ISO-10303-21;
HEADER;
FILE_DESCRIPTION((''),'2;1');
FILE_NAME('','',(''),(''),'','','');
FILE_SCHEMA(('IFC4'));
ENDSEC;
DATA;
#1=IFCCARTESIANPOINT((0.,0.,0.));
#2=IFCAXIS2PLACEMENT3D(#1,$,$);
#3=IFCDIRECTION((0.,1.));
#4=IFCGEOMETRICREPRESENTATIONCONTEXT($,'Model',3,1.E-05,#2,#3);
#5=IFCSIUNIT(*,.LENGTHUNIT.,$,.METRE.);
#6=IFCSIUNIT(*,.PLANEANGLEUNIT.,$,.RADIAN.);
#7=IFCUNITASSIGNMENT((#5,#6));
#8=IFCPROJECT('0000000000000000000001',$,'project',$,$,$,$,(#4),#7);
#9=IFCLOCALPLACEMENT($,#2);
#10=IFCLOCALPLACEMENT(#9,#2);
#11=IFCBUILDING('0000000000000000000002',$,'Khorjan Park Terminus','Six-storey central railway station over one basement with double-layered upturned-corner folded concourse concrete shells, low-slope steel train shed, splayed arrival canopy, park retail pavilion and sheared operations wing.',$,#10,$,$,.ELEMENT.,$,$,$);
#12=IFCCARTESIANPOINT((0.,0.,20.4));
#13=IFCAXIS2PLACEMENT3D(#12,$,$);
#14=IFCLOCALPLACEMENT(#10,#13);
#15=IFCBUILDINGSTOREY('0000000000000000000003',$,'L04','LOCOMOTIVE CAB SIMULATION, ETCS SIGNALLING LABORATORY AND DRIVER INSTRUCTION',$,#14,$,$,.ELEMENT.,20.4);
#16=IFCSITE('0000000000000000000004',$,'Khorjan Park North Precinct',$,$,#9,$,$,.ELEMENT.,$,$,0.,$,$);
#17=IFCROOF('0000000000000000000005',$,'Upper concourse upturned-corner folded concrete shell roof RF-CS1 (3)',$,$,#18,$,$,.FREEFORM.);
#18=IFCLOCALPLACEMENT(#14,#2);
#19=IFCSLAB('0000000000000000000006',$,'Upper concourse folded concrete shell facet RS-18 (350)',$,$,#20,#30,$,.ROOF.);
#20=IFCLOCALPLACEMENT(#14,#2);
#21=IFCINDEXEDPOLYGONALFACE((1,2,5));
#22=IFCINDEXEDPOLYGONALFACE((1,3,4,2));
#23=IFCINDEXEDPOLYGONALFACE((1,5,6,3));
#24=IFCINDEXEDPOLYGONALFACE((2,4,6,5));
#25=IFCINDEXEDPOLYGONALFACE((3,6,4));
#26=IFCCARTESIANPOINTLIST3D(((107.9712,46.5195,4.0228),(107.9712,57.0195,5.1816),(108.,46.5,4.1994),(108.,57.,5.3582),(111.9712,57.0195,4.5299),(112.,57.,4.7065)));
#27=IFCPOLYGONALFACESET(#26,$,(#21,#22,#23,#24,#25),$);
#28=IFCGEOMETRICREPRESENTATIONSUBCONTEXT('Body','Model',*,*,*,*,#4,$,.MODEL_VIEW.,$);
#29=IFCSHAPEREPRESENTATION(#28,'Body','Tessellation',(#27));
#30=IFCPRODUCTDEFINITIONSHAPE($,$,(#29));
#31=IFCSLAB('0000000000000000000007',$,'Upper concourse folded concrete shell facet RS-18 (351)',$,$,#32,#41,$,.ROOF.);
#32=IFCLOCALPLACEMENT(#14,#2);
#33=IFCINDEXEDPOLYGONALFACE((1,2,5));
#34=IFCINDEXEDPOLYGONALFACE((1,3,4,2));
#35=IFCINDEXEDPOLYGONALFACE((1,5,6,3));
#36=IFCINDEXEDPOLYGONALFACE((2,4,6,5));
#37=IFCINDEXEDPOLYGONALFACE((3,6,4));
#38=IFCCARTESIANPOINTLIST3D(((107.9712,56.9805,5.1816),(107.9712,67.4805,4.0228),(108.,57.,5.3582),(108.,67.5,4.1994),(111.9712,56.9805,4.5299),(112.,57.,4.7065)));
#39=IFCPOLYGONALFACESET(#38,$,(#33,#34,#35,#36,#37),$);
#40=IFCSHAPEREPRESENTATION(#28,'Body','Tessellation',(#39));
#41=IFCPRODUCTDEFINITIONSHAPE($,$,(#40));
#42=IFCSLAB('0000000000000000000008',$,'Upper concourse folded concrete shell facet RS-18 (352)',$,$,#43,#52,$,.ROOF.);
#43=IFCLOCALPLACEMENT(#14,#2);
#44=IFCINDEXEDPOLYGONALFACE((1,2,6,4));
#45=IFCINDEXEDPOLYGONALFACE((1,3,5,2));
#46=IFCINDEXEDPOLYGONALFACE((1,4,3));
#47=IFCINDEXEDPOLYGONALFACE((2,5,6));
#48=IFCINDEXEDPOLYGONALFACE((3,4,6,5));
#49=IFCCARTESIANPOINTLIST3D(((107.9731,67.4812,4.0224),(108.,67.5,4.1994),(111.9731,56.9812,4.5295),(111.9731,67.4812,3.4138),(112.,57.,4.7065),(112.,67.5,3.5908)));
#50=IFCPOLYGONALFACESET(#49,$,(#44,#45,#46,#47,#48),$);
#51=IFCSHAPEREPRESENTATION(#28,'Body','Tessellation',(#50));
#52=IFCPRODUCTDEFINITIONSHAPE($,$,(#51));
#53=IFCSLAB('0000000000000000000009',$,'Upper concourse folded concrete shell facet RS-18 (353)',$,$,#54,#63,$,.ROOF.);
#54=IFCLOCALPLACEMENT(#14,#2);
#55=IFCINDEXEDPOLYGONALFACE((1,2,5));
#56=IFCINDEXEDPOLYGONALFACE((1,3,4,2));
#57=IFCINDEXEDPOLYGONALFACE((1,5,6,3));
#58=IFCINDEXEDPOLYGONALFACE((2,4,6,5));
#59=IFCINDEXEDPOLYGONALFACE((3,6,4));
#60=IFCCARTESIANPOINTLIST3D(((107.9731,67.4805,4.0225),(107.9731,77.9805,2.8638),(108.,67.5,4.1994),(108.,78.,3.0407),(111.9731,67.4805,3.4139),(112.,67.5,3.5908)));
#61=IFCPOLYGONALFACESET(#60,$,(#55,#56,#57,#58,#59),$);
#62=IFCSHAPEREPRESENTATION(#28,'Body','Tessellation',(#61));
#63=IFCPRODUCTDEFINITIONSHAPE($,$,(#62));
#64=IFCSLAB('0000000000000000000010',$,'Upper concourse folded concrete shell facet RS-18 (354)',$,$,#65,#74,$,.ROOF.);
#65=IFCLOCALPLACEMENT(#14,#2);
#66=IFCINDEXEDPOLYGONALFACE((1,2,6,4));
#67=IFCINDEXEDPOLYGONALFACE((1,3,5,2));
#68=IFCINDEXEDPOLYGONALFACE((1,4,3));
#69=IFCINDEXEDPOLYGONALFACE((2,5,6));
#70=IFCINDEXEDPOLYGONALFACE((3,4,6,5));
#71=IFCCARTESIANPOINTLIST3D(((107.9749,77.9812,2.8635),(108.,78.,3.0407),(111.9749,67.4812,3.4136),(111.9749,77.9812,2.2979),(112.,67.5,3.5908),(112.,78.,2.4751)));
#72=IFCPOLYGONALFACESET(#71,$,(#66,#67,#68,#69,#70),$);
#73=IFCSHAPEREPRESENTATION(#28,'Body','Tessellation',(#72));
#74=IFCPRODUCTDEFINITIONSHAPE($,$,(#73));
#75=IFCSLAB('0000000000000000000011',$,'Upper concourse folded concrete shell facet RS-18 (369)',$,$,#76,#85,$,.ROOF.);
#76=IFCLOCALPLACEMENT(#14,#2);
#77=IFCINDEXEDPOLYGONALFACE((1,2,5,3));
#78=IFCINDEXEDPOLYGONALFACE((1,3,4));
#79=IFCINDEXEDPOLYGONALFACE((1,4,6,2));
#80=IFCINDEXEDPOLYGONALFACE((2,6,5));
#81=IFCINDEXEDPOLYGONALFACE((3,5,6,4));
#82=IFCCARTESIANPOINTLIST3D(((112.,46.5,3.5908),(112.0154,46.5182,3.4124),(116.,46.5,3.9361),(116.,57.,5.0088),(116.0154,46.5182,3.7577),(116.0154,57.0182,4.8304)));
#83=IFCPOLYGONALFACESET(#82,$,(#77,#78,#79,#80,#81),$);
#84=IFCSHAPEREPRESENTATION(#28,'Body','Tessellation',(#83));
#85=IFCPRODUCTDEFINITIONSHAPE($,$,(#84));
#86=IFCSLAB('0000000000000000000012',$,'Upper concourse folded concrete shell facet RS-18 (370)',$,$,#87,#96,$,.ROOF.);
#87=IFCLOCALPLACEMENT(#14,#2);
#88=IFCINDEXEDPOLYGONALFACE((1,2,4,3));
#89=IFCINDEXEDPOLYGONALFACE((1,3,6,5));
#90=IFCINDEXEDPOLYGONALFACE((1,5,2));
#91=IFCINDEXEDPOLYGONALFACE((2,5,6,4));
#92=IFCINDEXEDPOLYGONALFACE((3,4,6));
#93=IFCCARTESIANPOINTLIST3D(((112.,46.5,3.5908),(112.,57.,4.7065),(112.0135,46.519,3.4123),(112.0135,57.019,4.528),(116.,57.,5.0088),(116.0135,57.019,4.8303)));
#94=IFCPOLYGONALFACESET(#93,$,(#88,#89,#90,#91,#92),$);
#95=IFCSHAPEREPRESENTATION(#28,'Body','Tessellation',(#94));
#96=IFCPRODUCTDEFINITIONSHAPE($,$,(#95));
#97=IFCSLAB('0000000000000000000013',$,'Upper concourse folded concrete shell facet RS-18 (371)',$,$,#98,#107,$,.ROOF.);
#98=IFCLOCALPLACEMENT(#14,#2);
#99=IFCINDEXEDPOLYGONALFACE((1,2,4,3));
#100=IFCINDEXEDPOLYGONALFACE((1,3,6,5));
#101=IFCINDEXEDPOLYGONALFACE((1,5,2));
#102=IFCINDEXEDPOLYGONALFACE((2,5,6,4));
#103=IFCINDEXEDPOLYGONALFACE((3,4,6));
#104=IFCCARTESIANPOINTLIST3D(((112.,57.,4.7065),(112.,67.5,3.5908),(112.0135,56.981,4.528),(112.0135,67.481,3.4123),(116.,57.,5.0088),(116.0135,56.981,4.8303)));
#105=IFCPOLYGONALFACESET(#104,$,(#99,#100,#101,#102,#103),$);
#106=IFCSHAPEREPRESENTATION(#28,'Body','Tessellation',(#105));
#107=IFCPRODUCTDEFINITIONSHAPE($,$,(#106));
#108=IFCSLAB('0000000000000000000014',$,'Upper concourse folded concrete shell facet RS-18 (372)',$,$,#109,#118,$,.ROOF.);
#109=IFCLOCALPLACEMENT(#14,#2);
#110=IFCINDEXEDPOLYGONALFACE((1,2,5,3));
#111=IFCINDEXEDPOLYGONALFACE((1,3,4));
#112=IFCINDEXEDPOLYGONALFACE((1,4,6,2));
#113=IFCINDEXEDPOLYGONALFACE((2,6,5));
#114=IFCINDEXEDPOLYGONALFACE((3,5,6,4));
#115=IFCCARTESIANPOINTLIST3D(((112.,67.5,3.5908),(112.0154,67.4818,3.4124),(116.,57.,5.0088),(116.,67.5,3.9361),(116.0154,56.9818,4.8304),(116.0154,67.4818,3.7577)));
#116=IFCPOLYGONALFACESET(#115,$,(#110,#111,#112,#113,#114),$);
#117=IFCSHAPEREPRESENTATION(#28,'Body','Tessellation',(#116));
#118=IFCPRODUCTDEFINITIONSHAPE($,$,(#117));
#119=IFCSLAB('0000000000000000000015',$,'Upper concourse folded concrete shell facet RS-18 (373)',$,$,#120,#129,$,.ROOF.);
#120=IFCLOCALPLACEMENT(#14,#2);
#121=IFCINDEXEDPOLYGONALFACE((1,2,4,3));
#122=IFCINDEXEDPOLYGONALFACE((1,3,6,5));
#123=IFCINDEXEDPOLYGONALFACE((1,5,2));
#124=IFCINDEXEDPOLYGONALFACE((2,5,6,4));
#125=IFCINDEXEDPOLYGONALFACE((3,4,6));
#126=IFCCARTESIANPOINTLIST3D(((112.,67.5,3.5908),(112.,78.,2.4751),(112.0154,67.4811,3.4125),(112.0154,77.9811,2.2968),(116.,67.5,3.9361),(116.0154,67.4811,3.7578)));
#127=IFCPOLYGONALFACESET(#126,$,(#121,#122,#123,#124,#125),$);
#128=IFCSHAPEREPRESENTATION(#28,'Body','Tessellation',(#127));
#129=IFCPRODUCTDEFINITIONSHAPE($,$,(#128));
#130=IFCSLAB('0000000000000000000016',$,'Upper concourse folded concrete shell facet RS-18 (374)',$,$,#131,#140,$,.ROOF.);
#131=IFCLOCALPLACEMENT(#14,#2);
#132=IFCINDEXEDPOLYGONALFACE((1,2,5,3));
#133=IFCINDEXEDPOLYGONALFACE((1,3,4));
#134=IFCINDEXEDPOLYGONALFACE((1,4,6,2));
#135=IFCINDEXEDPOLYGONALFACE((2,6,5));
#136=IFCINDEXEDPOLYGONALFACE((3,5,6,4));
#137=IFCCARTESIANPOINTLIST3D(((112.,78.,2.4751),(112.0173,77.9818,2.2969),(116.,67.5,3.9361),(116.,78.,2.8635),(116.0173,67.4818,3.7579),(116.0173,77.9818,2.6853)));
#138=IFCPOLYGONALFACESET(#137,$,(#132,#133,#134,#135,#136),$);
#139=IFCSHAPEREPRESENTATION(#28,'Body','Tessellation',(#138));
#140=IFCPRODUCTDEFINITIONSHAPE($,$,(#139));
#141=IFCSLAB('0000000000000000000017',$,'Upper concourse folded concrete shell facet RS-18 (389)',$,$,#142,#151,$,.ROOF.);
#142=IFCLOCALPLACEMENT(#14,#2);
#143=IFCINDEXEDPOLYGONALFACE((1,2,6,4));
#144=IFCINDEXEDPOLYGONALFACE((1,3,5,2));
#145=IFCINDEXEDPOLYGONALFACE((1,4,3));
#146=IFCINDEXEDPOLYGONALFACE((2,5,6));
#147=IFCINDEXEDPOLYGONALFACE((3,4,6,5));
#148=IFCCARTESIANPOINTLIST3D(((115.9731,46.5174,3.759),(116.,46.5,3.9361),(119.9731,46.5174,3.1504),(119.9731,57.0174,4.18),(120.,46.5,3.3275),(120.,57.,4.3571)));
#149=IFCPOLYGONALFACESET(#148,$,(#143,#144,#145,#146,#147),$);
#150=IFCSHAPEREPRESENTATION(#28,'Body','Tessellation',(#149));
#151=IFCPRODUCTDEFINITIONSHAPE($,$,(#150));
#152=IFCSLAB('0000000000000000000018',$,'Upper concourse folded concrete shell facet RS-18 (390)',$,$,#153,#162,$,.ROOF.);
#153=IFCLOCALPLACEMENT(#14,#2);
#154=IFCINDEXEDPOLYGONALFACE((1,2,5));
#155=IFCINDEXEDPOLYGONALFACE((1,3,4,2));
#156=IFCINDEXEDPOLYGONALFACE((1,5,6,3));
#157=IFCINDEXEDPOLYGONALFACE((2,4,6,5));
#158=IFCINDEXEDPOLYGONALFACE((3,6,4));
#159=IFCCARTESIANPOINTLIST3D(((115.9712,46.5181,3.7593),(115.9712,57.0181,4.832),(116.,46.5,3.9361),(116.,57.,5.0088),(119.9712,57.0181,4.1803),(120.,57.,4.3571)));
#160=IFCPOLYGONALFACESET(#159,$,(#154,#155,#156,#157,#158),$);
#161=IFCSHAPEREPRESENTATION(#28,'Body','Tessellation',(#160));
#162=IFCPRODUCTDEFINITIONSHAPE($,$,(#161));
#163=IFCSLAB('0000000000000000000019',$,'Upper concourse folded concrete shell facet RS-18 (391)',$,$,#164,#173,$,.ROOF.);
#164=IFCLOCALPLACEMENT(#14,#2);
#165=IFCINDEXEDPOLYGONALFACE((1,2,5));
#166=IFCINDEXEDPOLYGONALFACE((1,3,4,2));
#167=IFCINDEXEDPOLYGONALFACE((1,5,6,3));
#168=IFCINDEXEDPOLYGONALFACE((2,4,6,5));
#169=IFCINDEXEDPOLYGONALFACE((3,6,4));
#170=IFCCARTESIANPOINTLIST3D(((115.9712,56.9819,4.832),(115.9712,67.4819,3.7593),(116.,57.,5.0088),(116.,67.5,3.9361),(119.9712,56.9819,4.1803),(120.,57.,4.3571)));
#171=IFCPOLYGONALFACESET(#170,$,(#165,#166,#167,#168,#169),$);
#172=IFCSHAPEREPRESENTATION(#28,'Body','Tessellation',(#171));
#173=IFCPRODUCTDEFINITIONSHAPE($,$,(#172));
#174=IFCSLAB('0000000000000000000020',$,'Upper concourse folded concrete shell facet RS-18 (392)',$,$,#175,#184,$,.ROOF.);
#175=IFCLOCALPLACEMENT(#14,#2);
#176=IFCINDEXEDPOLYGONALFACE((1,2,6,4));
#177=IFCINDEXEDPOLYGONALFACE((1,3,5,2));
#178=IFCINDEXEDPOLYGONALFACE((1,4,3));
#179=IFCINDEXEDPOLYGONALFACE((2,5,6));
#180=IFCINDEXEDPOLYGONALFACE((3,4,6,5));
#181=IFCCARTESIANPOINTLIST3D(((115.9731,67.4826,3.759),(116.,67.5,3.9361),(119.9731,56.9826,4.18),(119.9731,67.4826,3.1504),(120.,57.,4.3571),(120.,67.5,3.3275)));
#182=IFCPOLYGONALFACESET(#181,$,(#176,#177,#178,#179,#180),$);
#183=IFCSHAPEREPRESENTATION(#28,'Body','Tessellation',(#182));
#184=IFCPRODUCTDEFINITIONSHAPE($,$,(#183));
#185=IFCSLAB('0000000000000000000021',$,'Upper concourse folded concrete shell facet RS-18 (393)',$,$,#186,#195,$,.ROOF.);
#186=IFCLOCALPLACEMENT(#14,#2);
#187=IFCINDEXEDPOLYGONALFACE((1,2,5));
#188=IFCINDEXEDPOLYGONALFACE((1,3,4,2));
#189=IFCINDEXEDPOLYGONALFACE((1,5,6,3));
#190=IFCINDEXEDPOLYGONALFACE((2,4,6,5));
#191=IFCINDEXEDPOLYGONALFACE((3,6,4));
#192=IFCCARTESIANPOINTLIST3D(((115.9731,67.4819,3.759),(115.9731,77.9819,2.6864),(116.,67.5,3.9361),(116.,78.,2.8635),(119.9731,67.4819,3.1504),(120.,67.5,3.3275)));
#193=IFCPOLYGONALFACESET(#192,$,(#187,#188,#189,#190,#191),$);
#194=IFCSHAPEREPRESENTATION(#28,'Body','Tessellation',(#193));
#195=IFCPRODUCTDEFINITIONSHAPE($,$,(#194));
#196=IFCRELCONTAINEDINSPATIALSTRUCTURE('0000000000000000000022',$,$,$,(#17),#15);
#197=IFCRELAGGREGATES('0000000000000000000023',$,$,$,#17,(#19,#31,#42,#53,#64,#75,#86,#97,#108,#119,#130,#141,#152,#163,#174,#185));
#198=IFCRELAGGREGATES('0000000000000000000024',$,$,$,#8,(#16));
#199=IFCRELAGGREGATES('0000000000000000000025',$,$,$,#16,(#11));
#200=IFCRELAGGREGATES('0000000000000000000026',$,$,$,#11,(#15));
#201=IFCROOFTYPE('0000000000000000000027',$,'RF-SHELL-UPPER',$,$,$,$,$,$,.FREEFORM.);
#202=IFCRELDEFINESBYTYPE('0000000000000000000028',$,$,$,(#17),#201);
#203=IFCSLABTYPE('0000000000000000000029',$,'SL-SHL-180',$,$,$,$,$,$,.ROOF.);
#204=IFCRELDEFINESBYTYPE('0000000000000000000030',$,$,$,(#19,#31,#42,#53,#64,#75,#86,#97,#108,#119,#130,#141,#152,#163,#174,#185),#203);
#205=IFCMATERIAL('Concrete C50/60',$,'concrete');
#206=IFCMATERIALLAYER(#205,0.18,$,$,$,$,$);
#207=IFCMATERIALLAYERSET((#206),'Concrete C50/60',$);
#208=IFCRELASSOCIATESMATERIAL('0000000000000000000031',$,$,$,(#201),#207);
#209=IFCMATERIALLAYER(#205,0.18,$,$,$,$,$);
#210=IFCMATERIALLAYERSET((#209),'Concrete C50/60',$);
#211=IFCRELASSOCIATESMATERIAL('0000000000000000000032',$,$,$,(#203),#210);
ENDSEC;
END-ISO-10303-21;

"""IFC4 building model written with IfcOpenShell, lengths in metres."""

from ifc_helpers import new_model, si_unit, direction, frame, origin, place, context, subcontext, project, spatial, polyline, outline, extrude, material, layer, layer_set, type_object, element, aggregate, save


model = new_model("IFC4")

# Units and contexts
model_context = context("Model", 3, precision=1e-05, world=origin(), true_north=direction((0.0, 1.0)))
body_context = subcontext(model_context, "Body", "Model", "MODEL_VIEW")
ifc_project = project(units=[si_unit("LENGTHUNIT", "METRE"), si_unit("PLANEANGLEUNIT", "RADIAN")], contexts=[model_context])

# Site, building, storey
site_placement = place(None, origin())
site = spatial("IfcSite", under=ifc_project, at=site_placement, Name="Khorjan Park North Precinct", CompositionType="ELEMENT", RefElevation=0.0)
building_placement = place(site_placement, origin())
building = spatial("IfcBuilding", under=site, at=building_placement, Name="Khorjan Park Terminus", Description="Six-storey central railway station over one basement with double-layered upturned-corner folded concourse concrete shells, low-slope steel train shed, splayed arrival canopy, park retail pavilion and sheared operations wing.", CompositionType="ELEMENT")
storey_placement = place(building_placement, frame((0.0, 0.0, 20.4)))
storey = spatial("IfcBuildingStorey", under=building, at=storey_placement, Name="L04", Description="LOCOMOTIVE CAB SIMULATION, ETCS SIGNALLING LABORATORY AND DRIVER INSTRUCTION", CompositionType="ELEMENT", Elevation=20.4)

# Roof, slabs
ifc_material = material(Name="Concrete C50/60", Category="concrete")
ifc_layer_1 = layer(ifc_material, 0.18)
ifc_layer_set_1 = layer_set([ifc_layer_1], Name="Concrete C50/60")
roof_type = type_object("IfcRoofType", Name="RF-SHELL-UPPER", PredefinedType="FREEFORM", material=ifc_layer_set_1)
roof_placement = place(storey_placement, origin())
roof = element("IfcRoof", 1, at=roof_placement, inside=storey, type_object=roof_type, Name="Upper concourse upturned-corner folded concrete shell roof RF-CS1 (3)", PredefinedType="FREEFORM")
ifc_layer_2 = layer(ifc_material, 0.18)
ifc_layer_set_2 = layer_set([ifc_layer_2], Name="Concrete C50/60")
slab_type = type_object("IfcSlabType", Name="SL-SHL-180", PredefinedType="ROOF", material=ifc_layer_set_2)
slab_1_placement = place(storey_placement, frame((108.0, 46.5, 4.1994), z_axis=(0.159859, -0.108285, 0.981183), x_axis=(0.355633, 0.933537, 0.045085)))
slab_1 = element("IfcSlab", 2, at=slab_1_placement, type_object=slab_type, Name="Upper concourse folded concrete shell facet RS-18 (350)", PredefinedType="ROOF", context=body_context, shape_type="SweptSolid", body=[
    extrude(outline(polyline([(0.0, 0.0), (11.2475, 0.0), (9.8544, 3.8058), (0.0, 0.0)])), origin(), (0.0, 0.0, -1.0), 0.18),
])
slab_2_placement = place(storey_placement, frame((108.0, 57.0, 5.3582), z_axis=(0.159859, 0.108285, 0.981183), x_axis=(0.986986, 0.0, -0.160805)))
slab_2 = element("IfcSlab", 3, at=slab_2_placement, type_object=slab_type, Name="Upper concourse folded concrete shell facet RS-18 (351)", PredefinedType="ROOF", context=body_context, shape_type="SweptSolid", body=[
    extrude(outline(polyline([(0.0, 0.0), (4.0527, 0.0), (0.1863, 10.5621), (0.0, 0.0)])), origin(), (0.0, 0.0, -1.0), 0.18),
])
slab_3_placement = place(storey_placement, frame((112.0, 57.0, 4.7065), z_axis=(0.149596, 0.104473, 0.983212), x_axis=(0.0, 0.994402, -0.105662)))
slab_3 = element("IfcSlab", 4, at=slab_3_placement, type_object=slab_type, Name="Upper concourse folded concrete shell facet RS-18 (352)", PredefinedType="ROOF", context=body_context, shape_type="SweptSolid", body=[
    extrude(outline(polyline([(0.0, 0.0), (10.5591, 0.0), (10.4948, 4.0455), (0.0, 0.0)])), origin(), (0.0, 0.0, -1.0), 0.18),
])
slab_4_placement = place(storey_placement, frame((108.0, 67.5, 4.1994), z_axis=(0.149532, 0.108453, 0.982791), x_axis=(0.988622, 0.0, -0.150419)))
slab_4 = element("IfcSlab", 5, at=slab_4_placement, type_object=slab_type, Name="Upper concourse folded concrete shell facet RS-18 (353)", PredefinedType="ROOF", context=body_context, shape_type="SweptSolid", body=[
    extrude(outline(polyline([(0.0, 0.0), (4.046, 0.0), (0.1743, 10.5623), (0.0, 0.0)])), origin(), (0.0, 0.0, -1.0), 0.18),
])
slab_5_placement = place(storey_placement, frame((112.0, 67.5, 3.5908), z_axis=(0.139239, 0.104633, 0.984715), x_axis=(0.0, 0.994402, -0.105662)))
slab_5 = element("IfcSlab", 6, at=slab_5_placement, type_object=slab_type, Name="Upper concourse folded concrete shell facet RS-18 (354)", PredefinedType="ROOF", context=body_context, shape_type="SweptSolid", body=[
    extrude(outline(polyline([(0.0, 0.0), (10.5591, 0.0), (10.4993, 4.0393), (0.0, 0.0)])), origin(), (0.0, 0.0, -1.0), 0.18),
])
slab_6_placement = place(storey_placement, frame((112.0, 46.5, 3.5908), z_axis=(-0.085563, -0.10126, 0.991174), x_axis=(0.996295, 0.0, 0.086005)))
slab_6 = element("IfcSlab", 7, at=slab_6_placement, type_object=slab_type, Name="Upper concourse folded concrete shell facet RS-18 (369)", PredefinedType="ROOF", context=body_context, shape_type="SweptSolid", body=[
    extrude(outline(polyline([(0.0, 0.0), (4.0149, 0.0), (4.1071, 10.5542), (0.0, 0.0)])), origin(), (0.0, 0.0, -1.0), 0.18),
])
slab_7_placement = place(storey_placement, frame((112.0, 46.5, 3.5908), z_axis=(-0.074941, -0.105365, 0.991606), x_axis=(0.353194, 0.927134, 0.125207)))
slab_7 = element("IfcSlab", 8, at=slab_7_placement, type_object=slab_type, Name="Upper concourse folded concrete shell facet RS-18 (370)", PredefinedType="ROOF", context=body_context, shape_type="SweptSolid", body=[
    extrude(outline(polyline([(0.0, 0.0), (11.3252, 0.0), (9.8746, 3.7399), (0.0, 0.0)])), origin(), (0.0, 0.0, -1.0), 0.18),
])
slab_8_placement = place(storey_placement, frame((112.0, 57.0, 4.7065), z_axis=(-0.074941, 0.105365, 0.991606), x_axis=(0.997156, 0.0, 0.07536)))
slab_8 = element("IfcSlab", 9, at=slab_8_placement, type_object=slab_type, Name="Upper concourse folded concrete shell facet RS-18 (371)", PredefinedType="ROOF", context=body_context, shape_type="SweptSolid", body=[
    extrude(outline(polyline([(0.0, 0.0), (4.0114, 0.0), (-0.0841, 10.5588), (0.0, 0.0)])), origin(), (0.0, 0.0, -1.0), 0.18),
])
slab_9_placement = place(storey_placement, frame((116.0, 57.0, 5.0088), z_axis=(-0.085563, 0.10126, 0.991174), x_axis=(0.0, 0.994822, -0.101633)))
slab_9 = element("IfcSlab", 10, at=slab_9_placement, type_object=slab_type, Name="Upper concourse folded concrete shell facet RS-18 (372)", PredefinedType="ROOF", context=body_context, shape_type="SweptSolid", body=[
    extrude(outline(polyline([(0.0, 0.0), (10.5547, 0.0), (10.5897, 4.0147), (0.0, 0.0)])), origin(), (0.0, 0.0, -1.0), 0.18),
])
slab_10_placement = place(storey_placement, frame((112.0, 67.5, 3.5908), z_axis=(-0.085527, 0.105275, 0.990758), x_axis=(0.996295, 0.0, 0.086005)))
slab_10 = element("IfcSlab", 11, at=slab_10_placement, type_object=slab_type, Name="Upper concourse folded concrete shell facet RS-18 (373)", PredefinedType="ROOF", context=body_context, shape_type="SweptSolid", body=[
    extrude(outline(polyline([(0.0, 0.0), (4.0149, 0.0), (-0.096, 10.5587), (0.0, 0.0)])), origin(), (0.0, 0.0, -1.0), 0.18),
])
slab_11_placement = place(storey_placement, frame((116.0, 67.5, 3.9361), z_axis=(-0.09615, 0.101153, 0.990214), x_axis=(0.0, 0.994823, -0.101624)))
slab_11 = element("IfcSlab", 12, at=slab_11_placement, type_object=slab_type, Name="Upper concourse folded concrete shell facet RS-18 (374)", PredefinedType="ROOF", context=body_context, shape_type="SweptSolid", body=[
    extrude(outline(polyline([(0.0, 0.0), (10.5546, 0.0), (10.5941, 4.0186), (0.0, 0.0)])), origin(), (0.0, 0.0, -1.0), 0.18),
])
slab_12_placement = place(storey_placement, frame((116.0, 46.5, 3.9361), z_axis=(0.149717, -0.096489, 0.984009), x_axis=(0.988622, 0.0, -0.150419)))
slab_12 = element("IfcSlab", 13, at=slab_12_placement, type_object=slab_type, Name="Upper concourse folded concrete shell facet RS-18 (389)", PredefinedType="ROOF", context=body_context, shape_type="SweptSolid", body=[
    extrude(outline(polyline([(0.0, 0.0), (4.046, 0.0), (3.8912, 10.5492), (0.0, 0.0)])), origin(), (0.0, 0.0, -1.0), 0.18),
])
slab_13_placement = place(storey_placement, frame((116.0, 46.5, 3.9361), z_axis=(0.159993, -0.100324, 0.982007), x_axis=(0.355746, 0.933832, 0.037442)))
slab_13 = element("IfcSlab", 14, at=slab_13_placement, type_object=slab_type, Name="Upper concourse folded concrete shell facet RS-18 (390)", PredefinedType="ROOF", context=body_context, shape_type="SweptSolid", body=[
    extrude(outline(polyline([(0.0, 0.0), (11.244, 0.0), (9.8454, 3.8038), (0.0, 0.0)])), origin(), (0.0, 0.0, -1.0), 0.18),
])
slab_14_placement = place(storey_placement, frame((116.0, 57.0, 5.0088), z_axis=(0.159993, 0.100324, 0.982007), x_axis=(0.986986, 0.0, -0.160805)))
slab_14 = element("IfcSlab", 15, at=slab_14_placement, type_object=slab_type, Name="Upper concourse folded concrete shell facet RS-18 (391)", PredefinedType="ROOF", context=body_context, shape_type="SweptSolid", body=[
    extrude(outline(polyline([(0.0, 0.0), (4.0527, 0.0), (0.1725, 10.5532), (0.0, 0.0)])), origin(), (0.0, 0.0, -1.0), 0.18),
])
slab_15_placement = place(storey_placement, frame((120.0, 57.0, 4.3571), z_axis=(0.149717, 0.096489, 0.984009), x_axis=(0.0, 0.995227, -0.097589)))
slab_15 = element("IfcSlab", 16, at=slab_15_placement, type_object=slab_type, Name="Upper concourse folded concrete shell facet RS-18 (392)", PredefinedType="ROOF", context=body_context, shape_type="SweptSolid", body=[
    extrude(outline(polyline([(0.0, 0.0), (10.5504, 0.0), (10.491, 4.0456), (0.0, 0.0)])), origin(), (0.0, 0.0, -1.0), 0.18),
])
slab_16_placement = place(storey_placement, frame((116.0, 67.5, 3.9361), z_axis=(0.149658, 0.100479, 0.983619), x_axis=(0.988622, 0.0, -0.150419)))
slab_16 = element("IfcSlab", 17, at=slab_16_placement, type_object=slab_type, Name="Upper concourse folded concrete shell facet RS-18 (393)", PredefinedType="ROOF", context=body_context, shape_type="SweptSolid", body=[
    extrude(outline(polyline([(0.0, 0.0), (4.046, 0.0), (0.1613, 10.5534), (0.0, 0.0)])), origin(), (0.0, 0.0, -1.0), 0.18),
])
aggregate(roof, [slab_1, slab_2, slab_3, slab_4, slab_5, slab_6, slab_7, slab_8, slab_9, slab_10, slab_11, slab_12, slab_13, slab_14, slab_15, slab_16])

save(model, "model.ifc")
